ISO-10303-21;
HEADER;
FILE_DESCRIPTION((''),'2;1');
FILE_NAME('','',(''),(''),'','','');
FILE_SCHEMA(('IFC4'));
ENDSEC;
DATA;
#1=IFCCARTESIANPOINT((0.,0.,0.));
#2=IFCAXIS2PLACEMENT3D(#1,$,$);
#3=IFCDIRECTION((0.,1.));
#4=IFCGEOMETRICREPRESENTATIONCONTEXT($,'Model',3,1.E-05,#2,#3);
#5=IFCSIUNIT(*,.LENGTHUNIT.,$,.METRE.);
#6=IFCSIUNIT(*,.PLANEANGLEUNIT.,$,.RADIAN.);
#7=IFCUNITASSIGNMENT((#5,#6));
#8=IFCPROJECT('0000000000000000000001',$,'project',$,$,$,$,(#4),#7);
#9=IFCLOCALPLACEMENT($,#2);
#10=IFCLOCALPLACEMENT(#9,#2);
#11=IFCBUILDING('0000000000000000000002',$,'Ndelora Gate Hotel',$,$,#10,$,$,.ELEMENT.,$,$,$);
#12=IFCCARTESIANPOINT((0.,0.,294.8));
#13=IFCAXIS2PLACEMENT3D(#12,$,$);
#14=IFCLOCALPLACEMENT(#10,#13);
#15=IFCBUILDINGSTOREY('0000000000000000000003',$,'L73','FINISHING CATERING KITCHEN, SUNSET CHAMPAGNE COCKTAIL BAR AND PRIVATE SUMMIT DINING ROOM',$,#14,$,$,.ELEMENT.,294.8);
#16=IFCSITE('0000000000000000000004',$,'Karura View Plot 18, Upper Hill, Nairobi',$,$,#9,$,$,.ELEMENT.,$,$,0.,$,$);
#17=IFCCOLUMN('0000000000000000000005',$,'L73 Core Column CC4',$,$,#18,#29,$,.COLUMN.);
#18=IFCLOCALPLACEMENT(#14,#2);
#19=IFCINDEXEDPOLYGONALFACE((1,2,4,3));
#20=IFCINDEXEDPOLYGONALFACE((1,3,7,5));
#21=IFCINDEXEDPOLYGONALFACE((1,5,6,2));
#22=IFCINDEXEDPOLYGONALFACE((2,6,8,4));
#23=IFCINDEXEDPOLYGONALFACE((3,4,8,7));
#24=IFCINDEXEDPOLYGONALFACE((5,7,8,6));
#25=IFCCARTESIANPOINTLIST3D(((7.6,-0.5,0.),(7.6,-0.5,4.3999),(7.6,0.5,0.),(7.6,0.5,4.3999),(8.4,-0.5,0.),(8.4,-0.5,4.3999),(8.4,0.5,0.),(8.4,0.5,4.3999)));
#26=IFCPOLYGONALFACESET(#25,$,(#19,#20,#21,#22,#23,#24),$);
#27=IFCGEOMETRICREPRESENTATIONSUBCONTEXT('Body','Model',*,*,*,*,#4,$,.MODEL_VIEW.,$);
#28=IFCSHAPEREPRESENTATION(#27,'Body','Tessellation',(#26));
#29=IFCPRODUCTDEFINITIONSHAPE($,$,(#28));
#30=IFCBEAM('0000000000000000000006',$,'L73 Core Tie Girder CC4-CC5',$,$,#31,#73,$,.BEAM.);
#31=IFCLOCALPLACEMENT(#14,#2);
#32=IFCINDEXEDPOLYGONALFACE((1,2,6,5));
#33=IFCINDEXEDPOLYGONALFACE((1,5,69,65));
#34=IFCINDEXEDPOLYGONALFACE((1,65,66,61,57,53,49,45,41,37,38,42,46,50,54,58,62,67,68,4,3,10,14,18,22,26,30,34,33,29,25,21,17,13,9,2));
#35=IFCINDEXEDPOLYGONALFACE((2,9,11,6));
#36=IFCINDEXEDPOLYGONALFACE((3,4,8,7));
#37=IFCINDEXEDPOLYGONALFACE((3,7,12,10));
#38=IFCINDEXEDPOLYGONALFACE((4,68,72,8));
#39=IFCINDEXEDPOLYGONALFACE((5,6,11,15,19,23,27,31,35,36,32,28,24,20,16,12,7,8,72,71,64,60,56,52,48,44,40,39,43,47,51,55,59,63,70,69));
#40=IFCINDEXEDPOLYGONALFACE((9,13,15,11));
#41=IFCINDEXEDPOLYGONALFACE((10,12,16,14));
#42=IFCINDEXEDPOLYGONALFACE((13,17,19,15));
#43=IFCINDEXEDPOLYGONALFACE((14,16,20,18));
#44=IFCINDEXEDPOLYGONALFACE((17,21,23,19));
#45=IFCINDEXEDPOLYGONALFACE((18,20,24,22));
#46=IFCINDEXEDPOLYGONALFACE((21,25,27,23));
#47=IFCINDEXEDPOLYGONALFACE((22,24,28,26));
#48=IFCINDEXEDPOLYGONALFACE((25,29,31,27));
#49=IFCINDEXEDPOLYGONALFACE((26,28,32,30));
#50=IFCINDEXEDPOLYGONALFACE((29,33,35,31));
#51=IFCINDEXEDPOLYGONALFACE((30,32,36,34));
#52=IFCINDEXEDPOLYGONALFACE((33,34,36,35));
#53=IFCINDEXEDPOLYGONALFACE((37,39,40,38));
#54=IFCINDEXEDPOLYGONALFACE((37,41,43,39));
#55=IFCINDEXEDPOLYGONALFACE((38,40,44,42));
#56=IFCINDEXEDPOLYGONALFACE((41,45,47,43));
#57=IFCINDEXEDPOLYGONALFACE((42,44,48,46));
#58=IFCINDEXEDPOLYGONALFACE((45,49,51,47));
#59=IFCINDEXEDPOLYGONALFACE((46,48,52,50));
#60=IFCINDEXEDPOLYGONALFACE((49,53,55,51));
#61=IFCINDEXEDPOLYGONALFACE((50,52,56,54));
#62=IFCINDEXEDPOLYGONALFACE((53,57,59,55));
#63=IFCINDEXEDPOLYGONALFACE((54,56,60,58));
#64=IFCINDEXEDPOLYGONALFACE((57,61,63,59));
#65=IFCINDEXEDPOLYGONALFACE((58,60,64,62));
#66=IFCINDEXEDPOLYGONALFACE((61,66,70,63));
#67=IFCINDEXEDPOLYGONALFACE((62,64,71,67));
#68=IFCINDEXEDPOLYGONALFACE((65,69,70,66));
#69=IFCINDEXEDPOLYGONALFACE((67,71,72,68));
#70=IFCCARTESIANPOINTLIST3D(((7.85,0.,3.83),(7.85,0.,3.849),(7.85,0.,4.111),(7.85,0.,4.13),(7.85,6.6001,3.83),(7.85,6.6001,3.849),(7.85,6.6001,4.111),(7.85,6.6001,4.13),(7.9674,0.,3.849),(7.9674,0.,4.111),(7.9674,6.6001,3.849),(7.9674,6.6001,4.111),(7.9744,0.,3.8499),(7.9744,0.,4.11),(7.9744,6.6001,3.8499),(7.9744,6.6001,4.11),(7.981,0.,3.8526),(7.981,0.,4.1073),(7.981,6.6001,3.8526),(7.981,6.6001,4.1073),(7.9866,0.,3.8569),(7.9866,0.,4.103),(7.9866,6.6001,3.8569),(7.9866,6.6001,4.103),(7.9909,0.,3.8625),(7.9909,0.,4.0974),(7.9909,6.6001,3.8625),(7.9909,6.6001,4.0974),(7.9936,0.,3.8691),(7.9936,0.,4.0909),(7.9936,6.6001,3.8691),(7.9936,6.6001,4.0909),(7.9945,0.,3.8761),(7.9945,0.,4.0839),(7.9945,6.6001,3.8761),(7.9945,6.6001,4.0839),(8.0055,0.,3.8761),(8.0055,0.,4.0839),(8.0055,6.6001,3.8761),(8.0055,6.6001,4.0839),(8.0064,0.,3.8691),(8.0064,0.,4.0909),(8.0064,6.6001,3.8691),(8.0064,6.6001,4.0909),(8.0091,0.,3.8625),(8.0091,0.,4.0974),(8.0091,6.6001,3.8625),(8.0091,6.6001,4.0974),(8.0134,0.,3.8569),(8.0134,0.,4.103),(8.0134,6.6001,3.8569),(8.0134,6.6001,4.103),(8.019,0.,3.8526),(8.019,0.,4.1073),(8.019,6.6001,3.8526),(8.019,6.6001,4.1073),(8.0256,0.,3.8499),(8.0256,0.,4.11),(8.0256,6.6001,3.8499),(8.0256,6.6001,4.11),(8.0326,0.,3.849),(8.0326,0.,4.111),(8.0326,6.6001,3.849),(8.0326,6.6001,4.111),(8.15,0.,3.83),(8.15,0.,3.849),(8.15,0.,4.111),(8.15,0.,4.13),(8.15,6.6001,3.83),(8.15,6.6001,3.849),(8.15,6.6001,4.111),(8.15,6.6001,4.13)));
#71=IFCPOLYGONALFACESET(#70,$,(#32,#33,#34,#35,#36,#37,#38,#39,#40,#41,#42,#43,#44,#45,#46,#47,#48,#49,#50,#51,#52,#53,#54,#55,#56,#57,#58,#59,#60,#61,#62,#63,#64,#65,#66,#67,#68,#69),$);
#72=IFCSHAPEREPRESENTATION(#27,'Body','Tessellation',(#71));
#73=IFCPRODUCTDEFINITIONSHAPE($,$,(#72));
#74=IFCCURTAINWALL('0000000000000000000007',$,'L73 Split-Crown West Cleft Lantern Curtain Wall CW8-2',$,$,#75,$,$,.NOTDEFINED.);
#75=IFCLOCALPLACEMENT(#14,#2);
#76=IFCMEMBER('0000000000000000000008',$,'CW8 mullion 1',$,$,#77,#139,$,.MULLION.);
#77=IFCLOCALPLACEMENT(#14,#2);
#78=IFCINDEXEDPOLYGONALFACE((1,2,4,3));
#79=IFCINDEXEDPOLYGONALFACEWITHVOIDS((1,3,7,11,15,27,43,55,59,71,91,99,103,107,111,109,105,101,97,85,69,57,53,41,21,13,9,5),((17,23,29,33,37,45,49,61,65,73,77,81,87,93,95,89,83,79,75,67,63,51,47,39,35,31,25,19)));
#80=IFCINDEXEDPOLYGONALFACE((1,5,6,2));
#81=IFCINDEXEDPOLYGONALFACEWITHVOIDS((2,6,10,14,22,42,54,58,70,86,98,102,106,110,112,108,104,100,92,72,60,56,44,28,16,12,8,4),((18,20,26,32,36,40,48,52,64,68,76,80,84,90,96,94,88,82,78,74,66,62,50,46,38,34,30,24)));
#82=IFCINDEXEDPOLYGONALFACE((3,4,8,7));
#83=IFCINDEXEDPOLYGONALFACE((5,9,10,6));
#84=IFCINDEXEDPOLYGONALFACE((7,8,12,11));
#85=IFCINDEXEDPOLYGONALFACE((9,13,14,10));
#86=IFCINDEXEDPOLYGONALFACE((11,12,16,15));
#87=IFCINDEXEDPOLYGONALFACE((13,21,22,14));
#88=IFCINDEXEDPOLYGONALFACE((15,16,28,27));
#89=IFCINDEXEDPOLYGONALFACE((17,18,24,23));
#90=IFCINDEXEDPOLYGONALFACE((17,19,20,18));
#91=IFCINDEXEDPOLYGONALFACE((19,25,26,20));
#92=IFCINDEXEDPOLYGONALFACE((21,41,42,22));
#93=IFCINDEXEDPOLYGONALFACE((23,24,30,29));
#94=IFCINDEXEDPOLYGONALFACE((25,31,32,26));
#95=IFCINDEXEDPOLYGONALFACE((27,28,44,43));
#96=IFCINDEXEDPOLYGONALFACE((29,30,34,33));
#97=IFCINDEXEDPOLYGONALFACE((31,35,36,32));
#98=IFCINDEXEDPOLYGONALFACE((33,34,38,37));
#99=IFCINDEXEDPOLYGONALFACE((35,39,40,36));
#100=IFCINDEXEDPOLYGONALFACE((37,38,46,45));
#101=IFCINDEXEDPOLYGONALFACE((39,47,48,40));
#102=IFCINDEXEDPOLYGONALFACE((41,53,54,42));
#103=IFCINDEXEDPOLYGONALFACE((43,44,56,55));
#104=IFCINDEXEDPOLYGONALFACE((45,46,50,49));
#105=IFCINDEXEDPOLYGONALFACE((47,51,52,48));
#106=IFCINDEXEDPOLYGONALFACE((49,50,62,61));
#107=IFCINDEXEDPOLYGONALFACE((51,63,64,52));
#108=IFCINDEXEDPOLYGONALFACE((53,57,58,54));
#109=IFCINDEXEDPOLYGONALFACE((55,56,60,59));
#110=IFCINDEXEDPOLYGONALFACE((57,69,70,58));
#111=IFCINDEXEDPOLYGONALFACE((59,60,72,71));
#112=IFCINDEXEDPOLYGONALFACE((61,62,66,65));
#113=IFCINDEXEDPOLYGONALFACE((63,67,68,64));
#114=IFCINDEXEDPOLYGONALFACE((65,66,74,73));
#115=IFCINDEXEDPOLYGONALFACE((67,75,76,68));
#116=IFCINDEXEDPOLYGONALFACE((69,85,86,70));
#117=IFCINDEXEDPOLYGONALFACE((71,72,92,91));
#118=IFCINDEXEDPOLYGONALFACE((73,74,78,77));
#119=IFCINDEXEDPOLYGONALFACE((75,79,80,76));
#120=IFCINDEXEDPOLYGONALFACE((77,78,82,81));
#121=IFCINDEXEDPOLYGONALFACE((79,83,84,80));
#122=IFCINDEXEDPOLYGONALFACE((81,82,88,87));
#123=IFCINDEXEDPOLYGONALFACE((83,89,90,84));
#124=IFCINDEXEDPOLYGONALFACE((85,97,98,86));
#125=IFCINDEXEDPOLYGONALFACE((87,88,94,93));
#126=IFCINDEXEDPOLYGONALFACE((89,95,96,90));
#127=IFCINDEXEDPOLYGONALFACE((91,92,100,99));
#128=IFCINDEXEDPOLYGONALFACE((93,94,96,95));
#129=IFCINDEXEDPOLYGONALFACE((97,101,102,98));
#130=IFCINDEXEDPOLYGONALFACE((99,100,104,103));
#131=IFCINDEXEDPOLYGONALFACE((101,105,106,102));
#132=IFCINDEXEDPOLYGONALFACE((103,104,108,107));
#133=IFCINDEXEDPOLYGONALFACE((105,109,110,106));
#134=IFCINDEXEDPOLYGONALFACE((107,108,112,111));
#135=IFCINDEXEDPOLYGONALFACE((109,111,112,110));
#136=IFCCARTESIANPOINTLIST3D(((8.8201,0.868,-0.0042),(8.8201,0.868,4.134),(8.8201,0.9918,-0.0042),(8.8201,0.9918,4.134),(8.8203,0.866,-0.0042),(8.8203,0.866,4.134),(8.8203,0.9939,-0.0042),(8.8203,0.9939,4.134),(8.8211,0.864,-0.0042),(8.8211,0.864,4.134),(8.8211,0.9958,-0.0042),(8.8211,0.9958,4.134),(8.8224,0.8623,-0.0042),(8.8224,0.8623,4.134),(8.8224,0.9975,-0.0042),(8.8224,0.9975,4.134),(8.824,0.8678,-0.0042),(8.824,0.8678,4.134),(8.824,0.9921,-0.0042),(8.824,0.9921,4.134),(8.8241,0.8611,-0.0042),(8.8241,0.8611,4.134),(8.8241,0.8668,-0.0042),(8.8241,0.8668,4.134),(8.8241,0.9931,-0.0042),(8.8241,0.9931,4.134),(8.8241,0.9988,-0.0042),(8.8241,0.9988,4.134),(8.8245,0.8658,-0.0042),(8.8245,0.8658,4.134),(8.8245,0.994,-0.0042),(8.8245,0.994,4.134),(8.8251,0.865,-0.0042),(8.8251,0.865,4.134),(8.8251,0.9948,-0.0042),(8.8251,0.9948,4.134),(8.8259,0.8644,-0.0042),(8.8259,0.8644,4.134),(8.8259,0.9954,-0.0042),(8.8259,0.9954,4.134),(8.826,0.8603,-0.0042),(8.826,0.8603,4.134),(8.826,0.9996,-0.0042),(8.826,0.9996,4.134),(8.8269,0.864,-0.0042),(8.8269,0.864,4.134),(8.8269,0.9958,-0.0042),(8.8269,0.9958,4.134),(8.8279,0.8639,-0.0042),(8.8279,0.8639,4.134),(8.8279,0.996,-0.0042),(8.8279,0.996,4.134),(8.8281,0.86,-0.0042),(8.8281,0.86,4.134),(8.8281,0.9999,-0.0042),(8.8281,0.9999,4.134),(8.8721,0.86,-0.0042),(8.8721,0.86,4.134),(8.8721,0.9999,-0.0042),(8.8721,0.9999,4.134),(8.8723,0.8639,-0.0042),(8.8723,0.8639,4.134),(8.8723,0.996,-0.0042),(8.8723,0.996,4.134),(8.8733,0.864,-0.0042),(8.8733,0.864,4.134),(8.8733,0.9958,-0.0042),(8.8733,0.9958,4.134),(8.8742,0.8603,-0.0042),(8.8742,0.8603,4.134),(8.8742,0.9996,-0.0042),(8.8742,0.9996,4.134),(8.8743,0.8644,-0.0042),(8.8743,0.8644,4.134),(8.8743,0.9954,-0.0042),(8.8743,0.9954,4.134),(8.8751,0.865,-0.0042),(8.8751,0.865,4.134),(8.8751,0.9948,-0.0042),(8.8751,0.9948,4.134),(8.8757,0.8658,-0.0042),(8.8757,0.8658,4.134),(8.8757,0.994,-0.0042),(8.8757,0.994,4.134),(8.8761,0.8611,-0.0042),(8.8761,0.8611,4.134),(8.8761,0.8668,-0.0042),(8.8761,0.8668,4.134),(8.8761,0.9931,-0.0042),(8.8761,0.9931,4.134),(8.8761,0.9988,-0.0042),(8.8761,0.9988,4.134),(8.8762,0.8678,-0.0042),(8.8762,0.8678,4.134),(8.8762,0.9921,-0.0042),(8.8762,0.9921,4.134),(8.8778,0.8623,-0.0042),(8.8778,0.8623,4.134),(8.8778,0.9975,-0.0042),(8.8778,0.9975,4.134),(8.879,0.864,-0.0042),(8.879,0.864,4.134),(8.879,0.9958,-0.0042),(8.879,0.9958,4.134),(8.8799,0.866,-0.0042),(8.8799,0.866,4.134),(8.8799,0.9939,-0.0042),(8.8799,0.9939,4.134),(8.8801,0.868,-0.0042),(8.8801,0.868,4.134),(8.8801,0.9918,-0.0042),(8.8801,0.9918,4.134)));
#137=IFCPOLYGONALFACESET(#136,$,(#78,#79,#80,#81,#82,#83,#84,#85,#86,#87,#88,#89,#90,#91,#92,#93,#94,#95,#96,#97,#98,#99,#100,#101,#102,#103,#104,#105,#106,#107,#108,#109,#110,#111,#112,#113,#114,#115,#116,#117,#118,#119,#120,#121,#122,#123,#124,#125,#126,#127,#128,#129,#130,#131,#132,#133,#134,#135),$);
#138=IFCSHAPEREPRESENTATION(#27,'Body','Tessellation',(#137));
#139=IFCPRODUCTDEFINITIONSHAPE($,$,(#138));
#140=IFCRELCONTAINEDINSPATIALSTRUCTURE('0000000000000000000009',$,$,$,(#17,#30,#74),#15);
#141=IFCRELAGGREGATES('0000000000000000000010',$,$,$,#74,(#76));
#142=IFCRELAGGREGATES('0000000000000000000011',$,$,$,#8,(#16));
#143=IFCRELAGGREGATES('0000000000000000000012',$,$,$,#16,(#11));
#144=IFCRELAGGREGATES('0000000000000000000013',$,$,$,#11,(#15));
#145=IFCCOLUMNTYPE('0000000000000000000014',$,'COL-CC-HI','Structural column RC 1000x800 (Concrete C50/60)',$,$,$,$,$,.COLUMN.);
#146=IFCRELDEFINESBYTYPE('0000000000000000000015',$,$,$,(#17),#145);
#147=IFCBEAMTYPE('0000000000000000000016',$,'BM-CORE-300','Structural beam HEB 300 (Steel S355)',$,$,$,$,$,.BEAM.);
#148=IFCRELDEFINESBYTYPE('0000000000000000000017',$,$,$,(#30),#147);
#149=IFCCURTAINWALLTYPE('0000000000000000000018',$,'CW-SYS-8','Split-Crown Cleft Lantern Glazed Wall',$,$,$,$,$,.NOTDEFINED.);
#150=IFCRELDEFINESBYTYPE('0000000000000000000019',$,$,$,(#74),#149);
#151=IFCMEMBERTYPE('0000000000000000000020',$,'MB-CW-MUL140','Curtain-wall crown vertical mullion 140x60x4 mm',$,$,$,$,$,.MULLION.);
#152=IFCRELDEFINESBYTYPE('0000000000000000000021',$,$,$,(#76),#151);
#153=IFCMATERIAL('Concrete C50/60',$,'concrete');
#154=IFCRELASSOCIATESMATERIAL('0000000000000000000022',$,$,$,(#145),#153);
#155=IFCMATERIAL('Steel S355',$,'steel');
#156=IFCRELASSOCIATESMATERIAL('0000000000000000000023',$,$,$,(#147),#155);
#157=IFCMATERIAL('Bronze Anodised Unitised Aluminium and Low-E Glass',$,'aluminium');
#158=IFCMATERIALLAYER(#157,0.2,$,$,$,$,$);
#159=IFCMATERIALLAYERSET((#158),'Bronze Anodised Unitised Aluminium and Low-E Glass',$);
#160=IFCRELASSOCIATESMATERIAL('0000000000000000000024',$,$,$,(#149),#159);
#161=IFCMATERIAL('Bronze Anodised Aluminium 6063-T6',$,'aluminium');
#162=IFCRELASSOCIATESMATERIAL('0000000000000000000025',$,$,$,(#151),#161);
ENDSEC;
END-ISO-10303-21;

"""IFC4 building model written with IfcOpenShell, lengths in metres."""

from ifc_helpers import new_model, si_unit, direction, frame, origin, origin_2d, place, context, subcontext, project, spatial, rectangle, hollow_rectangle, i_section, extrude, material, layer, layer_set, material_profile, profile_set, type_object, element, aggregate, save


model = new_model("IFC4")

# Units and contexts
model_context = context("Model", 3, precision=1e-05, world=origin(), true_north=direction((0.0, 1.0)))
body_context = subcontext(model_context, "Body", "Model", "MODEL_VIEW")
ifc_project = project(units=[si_unit("LENGTHUNIT", "METRE"), si_unit("PLANEANGLEUNIT", "RADIAN")], contexts=[model_context])

# Site, building, storey
site_placement = place(None, origin())
site = spatial("IfcSite", under=ifc_project, at=site_placement, Name="Karura View Plot 18, Upper Hill, Nairobi", CompositionType="ELEMENT", RefElevation=0.0)
building_placement = place(site_placement, origin())
building = spatial("IfcBuilding", under=site, at=building_placement, Name="Ndelora Gate Hotel", CompositionType="ELEMENT")
storey_placement = place(building_placement, frame((0.0, 0.0, 294.8)))
storey = spatial("IfcBuildingStorey", under=building, at=storey_placement, Name="L73", Description="FINISHING CATERING KITCHEN, SUNSET CHAMPAGNE COCKTAIL BAR AND PRIVATE SUMMIT DINING ROOM", CompositionType="ELEMENT", Elevation=294.8)

# Column
ifc_material_1 = material(Name="Concrete C50/60", Category="concrete")
ifc_material_profile_1 = material_profile(ifc_material_1, rectangle(XDim=0.8, YDim=1.0, at=origin_2d()), Name="RC 1000x800")
ifc_profile_set_1 = profile_set([ifc_material_profile_1], Name="Concrete C50/60")
column_type = type_object("IfcColumnType", Name="COL-CC-HI", Description="Structural column RC 1000x800 (Concrete C50/60)", PredefinedType="COLUMN", material=ifc_profile_set_1)
column_placement = place(storey_placement, frame((8.0, 0.0, 0.0), z_axis=(0.0, 0.0, 1.0), x_axis=(1.0, 0.0, 0.0)))
element("IfcColumn", 1, at=column_placement, inside=storey, type_object=column_type, Name="L73 Core Column CC4", PredefinedType="COLUMN", context=body_context, shape_type="SweptSolid", body=[
    extrude(rectangle(XDim=0.8, YDim=1.0, at=origin_2d()), origin(), (0.0, 0.0, 1.0), 4.3999),
])

# Beam
ifc_material_2 = material(Name="Steel S355", Category="steel")
ifc_material_profile_2 = material_profile(ifc_material_2, i_section(OverallWidth=0.3, OverallDepth=0.3, WebThickness=0.011, FlangeThickness=0.019, FilletRadius=0.0271, at=origin_2d()), Name="HEB 300")
ifc_profile_set_2 = profile_set([ifc_material_profile_2], Name="Steel S355")
beam_type = type_object("IfcBeamType", Name="BM-CORE-300", Description="Structural beam HEB 300 (Steel S355)", PredefinedType="BEAM", material=ifc_profile_set_2)
beam_placement = place(storey_placement, frame((8.0, 0.0, 3.98), z_axis=(0.0, 1.0, 0.0), x_axis=(-1.0, 0.0, 0.0)))
element("IfcBeam", 2, at=beam_placement, inside=storey, type_object=beam_type, Name="L73 Core Tie Girder CC4-CC5", PredefinedType="BEAM", context=body_context, shape_type="SweptSolid", body=[
    extrude(i_section(OverallWidth=0.3, OverallDepth=0.3, WebThickness=0.011, FlangeThickness=0.019, FilletRadius=0.0271, at=origin_2d()), origin(), (0.0, 0.0, 1.0), 6.6001),
])

# Curtain wall, member
ifc_material_3 = material(Name="Bronze Anodised Unitised Aluminium and Low-E Glass", Category="aluminium")
ifc_layer_1 = layer(ifc_material_3, 0.2)
ifc_layer_set_1 = layer_set([ifc_layer_1], Name="Bronze Anodised Unitised Aluminium and Low-E Glass")
curtain_wall_type = type_object("IfcCurtainWallType", Name="CW-SYS-8", Description="Split-Crown Cleft Lantern Glazed Wall", PredefinedType="NOTDEFINED", material=ifc_layer_set_1)
curtain_wall_1_placement = place(storey_placement, origin())
curtain_wall_1 = element("IfcCurtainWall", 3, at=curtain_wall_1_placement, inside=storey, type_object=curtain_wall_type, Name="L73 Split-Crown West Cleft Lantern Curtain Wall CW8-2", PredefinedType="NOTDEFINED")
ifc_material_4 = material(Name="Bronze Anodised Aluminium 6063-T6", Category="aluminium")
ifc_material_profile_3 = material_profile(ifc_material_4, hollow_rectangle(XDim=0.0601, YDim=0.1399, WallThickness=0.0039, InnerFilletRadius=0.0039, OuterFilletRadius=0.0081, at=origin_2d()), Name="ALU 140x60x4")
ifc_profile_set_3 = profile_set([ifc_material_profile_3], Name="Bronze Anodised Aluminium 6063-T6")
member_type_1 = type_object("IfcMemberType", Name="MB-CW-MUL140", Description="Curtain-wall crown vertical mullion 140x60x4 mm", PredefinedType="MULLION", material=ifc_profile_set_3)
member_1_placement = place(storey_placement, frame((8.8501, 0.9299, -0.0042), z_axis=(0.0, 0.0, 1.0), x_axis=(-1.0, 0.0, 0.0)))
member_1 = element("IfcMember", 4, at=member_1_placement, type_object=member_type_1, Name="CW8 mullion 1", PredefinedType="MULLION", context=body_context, shape_type="SweptSolid", body=[
    extrude(hollow_rectangle(XDim=0.0601, YDim=0.1399, WallThickness=0.0039, InnerFilletRadius=0.0039, OuterFilletRadius=0.0081, at=origin_2d()), origin(), (0.0, 0.0, 1.0), 4.1382),
])

aggregate(curtain_wall_1, [member_1])

save(model, "model.ifc")
